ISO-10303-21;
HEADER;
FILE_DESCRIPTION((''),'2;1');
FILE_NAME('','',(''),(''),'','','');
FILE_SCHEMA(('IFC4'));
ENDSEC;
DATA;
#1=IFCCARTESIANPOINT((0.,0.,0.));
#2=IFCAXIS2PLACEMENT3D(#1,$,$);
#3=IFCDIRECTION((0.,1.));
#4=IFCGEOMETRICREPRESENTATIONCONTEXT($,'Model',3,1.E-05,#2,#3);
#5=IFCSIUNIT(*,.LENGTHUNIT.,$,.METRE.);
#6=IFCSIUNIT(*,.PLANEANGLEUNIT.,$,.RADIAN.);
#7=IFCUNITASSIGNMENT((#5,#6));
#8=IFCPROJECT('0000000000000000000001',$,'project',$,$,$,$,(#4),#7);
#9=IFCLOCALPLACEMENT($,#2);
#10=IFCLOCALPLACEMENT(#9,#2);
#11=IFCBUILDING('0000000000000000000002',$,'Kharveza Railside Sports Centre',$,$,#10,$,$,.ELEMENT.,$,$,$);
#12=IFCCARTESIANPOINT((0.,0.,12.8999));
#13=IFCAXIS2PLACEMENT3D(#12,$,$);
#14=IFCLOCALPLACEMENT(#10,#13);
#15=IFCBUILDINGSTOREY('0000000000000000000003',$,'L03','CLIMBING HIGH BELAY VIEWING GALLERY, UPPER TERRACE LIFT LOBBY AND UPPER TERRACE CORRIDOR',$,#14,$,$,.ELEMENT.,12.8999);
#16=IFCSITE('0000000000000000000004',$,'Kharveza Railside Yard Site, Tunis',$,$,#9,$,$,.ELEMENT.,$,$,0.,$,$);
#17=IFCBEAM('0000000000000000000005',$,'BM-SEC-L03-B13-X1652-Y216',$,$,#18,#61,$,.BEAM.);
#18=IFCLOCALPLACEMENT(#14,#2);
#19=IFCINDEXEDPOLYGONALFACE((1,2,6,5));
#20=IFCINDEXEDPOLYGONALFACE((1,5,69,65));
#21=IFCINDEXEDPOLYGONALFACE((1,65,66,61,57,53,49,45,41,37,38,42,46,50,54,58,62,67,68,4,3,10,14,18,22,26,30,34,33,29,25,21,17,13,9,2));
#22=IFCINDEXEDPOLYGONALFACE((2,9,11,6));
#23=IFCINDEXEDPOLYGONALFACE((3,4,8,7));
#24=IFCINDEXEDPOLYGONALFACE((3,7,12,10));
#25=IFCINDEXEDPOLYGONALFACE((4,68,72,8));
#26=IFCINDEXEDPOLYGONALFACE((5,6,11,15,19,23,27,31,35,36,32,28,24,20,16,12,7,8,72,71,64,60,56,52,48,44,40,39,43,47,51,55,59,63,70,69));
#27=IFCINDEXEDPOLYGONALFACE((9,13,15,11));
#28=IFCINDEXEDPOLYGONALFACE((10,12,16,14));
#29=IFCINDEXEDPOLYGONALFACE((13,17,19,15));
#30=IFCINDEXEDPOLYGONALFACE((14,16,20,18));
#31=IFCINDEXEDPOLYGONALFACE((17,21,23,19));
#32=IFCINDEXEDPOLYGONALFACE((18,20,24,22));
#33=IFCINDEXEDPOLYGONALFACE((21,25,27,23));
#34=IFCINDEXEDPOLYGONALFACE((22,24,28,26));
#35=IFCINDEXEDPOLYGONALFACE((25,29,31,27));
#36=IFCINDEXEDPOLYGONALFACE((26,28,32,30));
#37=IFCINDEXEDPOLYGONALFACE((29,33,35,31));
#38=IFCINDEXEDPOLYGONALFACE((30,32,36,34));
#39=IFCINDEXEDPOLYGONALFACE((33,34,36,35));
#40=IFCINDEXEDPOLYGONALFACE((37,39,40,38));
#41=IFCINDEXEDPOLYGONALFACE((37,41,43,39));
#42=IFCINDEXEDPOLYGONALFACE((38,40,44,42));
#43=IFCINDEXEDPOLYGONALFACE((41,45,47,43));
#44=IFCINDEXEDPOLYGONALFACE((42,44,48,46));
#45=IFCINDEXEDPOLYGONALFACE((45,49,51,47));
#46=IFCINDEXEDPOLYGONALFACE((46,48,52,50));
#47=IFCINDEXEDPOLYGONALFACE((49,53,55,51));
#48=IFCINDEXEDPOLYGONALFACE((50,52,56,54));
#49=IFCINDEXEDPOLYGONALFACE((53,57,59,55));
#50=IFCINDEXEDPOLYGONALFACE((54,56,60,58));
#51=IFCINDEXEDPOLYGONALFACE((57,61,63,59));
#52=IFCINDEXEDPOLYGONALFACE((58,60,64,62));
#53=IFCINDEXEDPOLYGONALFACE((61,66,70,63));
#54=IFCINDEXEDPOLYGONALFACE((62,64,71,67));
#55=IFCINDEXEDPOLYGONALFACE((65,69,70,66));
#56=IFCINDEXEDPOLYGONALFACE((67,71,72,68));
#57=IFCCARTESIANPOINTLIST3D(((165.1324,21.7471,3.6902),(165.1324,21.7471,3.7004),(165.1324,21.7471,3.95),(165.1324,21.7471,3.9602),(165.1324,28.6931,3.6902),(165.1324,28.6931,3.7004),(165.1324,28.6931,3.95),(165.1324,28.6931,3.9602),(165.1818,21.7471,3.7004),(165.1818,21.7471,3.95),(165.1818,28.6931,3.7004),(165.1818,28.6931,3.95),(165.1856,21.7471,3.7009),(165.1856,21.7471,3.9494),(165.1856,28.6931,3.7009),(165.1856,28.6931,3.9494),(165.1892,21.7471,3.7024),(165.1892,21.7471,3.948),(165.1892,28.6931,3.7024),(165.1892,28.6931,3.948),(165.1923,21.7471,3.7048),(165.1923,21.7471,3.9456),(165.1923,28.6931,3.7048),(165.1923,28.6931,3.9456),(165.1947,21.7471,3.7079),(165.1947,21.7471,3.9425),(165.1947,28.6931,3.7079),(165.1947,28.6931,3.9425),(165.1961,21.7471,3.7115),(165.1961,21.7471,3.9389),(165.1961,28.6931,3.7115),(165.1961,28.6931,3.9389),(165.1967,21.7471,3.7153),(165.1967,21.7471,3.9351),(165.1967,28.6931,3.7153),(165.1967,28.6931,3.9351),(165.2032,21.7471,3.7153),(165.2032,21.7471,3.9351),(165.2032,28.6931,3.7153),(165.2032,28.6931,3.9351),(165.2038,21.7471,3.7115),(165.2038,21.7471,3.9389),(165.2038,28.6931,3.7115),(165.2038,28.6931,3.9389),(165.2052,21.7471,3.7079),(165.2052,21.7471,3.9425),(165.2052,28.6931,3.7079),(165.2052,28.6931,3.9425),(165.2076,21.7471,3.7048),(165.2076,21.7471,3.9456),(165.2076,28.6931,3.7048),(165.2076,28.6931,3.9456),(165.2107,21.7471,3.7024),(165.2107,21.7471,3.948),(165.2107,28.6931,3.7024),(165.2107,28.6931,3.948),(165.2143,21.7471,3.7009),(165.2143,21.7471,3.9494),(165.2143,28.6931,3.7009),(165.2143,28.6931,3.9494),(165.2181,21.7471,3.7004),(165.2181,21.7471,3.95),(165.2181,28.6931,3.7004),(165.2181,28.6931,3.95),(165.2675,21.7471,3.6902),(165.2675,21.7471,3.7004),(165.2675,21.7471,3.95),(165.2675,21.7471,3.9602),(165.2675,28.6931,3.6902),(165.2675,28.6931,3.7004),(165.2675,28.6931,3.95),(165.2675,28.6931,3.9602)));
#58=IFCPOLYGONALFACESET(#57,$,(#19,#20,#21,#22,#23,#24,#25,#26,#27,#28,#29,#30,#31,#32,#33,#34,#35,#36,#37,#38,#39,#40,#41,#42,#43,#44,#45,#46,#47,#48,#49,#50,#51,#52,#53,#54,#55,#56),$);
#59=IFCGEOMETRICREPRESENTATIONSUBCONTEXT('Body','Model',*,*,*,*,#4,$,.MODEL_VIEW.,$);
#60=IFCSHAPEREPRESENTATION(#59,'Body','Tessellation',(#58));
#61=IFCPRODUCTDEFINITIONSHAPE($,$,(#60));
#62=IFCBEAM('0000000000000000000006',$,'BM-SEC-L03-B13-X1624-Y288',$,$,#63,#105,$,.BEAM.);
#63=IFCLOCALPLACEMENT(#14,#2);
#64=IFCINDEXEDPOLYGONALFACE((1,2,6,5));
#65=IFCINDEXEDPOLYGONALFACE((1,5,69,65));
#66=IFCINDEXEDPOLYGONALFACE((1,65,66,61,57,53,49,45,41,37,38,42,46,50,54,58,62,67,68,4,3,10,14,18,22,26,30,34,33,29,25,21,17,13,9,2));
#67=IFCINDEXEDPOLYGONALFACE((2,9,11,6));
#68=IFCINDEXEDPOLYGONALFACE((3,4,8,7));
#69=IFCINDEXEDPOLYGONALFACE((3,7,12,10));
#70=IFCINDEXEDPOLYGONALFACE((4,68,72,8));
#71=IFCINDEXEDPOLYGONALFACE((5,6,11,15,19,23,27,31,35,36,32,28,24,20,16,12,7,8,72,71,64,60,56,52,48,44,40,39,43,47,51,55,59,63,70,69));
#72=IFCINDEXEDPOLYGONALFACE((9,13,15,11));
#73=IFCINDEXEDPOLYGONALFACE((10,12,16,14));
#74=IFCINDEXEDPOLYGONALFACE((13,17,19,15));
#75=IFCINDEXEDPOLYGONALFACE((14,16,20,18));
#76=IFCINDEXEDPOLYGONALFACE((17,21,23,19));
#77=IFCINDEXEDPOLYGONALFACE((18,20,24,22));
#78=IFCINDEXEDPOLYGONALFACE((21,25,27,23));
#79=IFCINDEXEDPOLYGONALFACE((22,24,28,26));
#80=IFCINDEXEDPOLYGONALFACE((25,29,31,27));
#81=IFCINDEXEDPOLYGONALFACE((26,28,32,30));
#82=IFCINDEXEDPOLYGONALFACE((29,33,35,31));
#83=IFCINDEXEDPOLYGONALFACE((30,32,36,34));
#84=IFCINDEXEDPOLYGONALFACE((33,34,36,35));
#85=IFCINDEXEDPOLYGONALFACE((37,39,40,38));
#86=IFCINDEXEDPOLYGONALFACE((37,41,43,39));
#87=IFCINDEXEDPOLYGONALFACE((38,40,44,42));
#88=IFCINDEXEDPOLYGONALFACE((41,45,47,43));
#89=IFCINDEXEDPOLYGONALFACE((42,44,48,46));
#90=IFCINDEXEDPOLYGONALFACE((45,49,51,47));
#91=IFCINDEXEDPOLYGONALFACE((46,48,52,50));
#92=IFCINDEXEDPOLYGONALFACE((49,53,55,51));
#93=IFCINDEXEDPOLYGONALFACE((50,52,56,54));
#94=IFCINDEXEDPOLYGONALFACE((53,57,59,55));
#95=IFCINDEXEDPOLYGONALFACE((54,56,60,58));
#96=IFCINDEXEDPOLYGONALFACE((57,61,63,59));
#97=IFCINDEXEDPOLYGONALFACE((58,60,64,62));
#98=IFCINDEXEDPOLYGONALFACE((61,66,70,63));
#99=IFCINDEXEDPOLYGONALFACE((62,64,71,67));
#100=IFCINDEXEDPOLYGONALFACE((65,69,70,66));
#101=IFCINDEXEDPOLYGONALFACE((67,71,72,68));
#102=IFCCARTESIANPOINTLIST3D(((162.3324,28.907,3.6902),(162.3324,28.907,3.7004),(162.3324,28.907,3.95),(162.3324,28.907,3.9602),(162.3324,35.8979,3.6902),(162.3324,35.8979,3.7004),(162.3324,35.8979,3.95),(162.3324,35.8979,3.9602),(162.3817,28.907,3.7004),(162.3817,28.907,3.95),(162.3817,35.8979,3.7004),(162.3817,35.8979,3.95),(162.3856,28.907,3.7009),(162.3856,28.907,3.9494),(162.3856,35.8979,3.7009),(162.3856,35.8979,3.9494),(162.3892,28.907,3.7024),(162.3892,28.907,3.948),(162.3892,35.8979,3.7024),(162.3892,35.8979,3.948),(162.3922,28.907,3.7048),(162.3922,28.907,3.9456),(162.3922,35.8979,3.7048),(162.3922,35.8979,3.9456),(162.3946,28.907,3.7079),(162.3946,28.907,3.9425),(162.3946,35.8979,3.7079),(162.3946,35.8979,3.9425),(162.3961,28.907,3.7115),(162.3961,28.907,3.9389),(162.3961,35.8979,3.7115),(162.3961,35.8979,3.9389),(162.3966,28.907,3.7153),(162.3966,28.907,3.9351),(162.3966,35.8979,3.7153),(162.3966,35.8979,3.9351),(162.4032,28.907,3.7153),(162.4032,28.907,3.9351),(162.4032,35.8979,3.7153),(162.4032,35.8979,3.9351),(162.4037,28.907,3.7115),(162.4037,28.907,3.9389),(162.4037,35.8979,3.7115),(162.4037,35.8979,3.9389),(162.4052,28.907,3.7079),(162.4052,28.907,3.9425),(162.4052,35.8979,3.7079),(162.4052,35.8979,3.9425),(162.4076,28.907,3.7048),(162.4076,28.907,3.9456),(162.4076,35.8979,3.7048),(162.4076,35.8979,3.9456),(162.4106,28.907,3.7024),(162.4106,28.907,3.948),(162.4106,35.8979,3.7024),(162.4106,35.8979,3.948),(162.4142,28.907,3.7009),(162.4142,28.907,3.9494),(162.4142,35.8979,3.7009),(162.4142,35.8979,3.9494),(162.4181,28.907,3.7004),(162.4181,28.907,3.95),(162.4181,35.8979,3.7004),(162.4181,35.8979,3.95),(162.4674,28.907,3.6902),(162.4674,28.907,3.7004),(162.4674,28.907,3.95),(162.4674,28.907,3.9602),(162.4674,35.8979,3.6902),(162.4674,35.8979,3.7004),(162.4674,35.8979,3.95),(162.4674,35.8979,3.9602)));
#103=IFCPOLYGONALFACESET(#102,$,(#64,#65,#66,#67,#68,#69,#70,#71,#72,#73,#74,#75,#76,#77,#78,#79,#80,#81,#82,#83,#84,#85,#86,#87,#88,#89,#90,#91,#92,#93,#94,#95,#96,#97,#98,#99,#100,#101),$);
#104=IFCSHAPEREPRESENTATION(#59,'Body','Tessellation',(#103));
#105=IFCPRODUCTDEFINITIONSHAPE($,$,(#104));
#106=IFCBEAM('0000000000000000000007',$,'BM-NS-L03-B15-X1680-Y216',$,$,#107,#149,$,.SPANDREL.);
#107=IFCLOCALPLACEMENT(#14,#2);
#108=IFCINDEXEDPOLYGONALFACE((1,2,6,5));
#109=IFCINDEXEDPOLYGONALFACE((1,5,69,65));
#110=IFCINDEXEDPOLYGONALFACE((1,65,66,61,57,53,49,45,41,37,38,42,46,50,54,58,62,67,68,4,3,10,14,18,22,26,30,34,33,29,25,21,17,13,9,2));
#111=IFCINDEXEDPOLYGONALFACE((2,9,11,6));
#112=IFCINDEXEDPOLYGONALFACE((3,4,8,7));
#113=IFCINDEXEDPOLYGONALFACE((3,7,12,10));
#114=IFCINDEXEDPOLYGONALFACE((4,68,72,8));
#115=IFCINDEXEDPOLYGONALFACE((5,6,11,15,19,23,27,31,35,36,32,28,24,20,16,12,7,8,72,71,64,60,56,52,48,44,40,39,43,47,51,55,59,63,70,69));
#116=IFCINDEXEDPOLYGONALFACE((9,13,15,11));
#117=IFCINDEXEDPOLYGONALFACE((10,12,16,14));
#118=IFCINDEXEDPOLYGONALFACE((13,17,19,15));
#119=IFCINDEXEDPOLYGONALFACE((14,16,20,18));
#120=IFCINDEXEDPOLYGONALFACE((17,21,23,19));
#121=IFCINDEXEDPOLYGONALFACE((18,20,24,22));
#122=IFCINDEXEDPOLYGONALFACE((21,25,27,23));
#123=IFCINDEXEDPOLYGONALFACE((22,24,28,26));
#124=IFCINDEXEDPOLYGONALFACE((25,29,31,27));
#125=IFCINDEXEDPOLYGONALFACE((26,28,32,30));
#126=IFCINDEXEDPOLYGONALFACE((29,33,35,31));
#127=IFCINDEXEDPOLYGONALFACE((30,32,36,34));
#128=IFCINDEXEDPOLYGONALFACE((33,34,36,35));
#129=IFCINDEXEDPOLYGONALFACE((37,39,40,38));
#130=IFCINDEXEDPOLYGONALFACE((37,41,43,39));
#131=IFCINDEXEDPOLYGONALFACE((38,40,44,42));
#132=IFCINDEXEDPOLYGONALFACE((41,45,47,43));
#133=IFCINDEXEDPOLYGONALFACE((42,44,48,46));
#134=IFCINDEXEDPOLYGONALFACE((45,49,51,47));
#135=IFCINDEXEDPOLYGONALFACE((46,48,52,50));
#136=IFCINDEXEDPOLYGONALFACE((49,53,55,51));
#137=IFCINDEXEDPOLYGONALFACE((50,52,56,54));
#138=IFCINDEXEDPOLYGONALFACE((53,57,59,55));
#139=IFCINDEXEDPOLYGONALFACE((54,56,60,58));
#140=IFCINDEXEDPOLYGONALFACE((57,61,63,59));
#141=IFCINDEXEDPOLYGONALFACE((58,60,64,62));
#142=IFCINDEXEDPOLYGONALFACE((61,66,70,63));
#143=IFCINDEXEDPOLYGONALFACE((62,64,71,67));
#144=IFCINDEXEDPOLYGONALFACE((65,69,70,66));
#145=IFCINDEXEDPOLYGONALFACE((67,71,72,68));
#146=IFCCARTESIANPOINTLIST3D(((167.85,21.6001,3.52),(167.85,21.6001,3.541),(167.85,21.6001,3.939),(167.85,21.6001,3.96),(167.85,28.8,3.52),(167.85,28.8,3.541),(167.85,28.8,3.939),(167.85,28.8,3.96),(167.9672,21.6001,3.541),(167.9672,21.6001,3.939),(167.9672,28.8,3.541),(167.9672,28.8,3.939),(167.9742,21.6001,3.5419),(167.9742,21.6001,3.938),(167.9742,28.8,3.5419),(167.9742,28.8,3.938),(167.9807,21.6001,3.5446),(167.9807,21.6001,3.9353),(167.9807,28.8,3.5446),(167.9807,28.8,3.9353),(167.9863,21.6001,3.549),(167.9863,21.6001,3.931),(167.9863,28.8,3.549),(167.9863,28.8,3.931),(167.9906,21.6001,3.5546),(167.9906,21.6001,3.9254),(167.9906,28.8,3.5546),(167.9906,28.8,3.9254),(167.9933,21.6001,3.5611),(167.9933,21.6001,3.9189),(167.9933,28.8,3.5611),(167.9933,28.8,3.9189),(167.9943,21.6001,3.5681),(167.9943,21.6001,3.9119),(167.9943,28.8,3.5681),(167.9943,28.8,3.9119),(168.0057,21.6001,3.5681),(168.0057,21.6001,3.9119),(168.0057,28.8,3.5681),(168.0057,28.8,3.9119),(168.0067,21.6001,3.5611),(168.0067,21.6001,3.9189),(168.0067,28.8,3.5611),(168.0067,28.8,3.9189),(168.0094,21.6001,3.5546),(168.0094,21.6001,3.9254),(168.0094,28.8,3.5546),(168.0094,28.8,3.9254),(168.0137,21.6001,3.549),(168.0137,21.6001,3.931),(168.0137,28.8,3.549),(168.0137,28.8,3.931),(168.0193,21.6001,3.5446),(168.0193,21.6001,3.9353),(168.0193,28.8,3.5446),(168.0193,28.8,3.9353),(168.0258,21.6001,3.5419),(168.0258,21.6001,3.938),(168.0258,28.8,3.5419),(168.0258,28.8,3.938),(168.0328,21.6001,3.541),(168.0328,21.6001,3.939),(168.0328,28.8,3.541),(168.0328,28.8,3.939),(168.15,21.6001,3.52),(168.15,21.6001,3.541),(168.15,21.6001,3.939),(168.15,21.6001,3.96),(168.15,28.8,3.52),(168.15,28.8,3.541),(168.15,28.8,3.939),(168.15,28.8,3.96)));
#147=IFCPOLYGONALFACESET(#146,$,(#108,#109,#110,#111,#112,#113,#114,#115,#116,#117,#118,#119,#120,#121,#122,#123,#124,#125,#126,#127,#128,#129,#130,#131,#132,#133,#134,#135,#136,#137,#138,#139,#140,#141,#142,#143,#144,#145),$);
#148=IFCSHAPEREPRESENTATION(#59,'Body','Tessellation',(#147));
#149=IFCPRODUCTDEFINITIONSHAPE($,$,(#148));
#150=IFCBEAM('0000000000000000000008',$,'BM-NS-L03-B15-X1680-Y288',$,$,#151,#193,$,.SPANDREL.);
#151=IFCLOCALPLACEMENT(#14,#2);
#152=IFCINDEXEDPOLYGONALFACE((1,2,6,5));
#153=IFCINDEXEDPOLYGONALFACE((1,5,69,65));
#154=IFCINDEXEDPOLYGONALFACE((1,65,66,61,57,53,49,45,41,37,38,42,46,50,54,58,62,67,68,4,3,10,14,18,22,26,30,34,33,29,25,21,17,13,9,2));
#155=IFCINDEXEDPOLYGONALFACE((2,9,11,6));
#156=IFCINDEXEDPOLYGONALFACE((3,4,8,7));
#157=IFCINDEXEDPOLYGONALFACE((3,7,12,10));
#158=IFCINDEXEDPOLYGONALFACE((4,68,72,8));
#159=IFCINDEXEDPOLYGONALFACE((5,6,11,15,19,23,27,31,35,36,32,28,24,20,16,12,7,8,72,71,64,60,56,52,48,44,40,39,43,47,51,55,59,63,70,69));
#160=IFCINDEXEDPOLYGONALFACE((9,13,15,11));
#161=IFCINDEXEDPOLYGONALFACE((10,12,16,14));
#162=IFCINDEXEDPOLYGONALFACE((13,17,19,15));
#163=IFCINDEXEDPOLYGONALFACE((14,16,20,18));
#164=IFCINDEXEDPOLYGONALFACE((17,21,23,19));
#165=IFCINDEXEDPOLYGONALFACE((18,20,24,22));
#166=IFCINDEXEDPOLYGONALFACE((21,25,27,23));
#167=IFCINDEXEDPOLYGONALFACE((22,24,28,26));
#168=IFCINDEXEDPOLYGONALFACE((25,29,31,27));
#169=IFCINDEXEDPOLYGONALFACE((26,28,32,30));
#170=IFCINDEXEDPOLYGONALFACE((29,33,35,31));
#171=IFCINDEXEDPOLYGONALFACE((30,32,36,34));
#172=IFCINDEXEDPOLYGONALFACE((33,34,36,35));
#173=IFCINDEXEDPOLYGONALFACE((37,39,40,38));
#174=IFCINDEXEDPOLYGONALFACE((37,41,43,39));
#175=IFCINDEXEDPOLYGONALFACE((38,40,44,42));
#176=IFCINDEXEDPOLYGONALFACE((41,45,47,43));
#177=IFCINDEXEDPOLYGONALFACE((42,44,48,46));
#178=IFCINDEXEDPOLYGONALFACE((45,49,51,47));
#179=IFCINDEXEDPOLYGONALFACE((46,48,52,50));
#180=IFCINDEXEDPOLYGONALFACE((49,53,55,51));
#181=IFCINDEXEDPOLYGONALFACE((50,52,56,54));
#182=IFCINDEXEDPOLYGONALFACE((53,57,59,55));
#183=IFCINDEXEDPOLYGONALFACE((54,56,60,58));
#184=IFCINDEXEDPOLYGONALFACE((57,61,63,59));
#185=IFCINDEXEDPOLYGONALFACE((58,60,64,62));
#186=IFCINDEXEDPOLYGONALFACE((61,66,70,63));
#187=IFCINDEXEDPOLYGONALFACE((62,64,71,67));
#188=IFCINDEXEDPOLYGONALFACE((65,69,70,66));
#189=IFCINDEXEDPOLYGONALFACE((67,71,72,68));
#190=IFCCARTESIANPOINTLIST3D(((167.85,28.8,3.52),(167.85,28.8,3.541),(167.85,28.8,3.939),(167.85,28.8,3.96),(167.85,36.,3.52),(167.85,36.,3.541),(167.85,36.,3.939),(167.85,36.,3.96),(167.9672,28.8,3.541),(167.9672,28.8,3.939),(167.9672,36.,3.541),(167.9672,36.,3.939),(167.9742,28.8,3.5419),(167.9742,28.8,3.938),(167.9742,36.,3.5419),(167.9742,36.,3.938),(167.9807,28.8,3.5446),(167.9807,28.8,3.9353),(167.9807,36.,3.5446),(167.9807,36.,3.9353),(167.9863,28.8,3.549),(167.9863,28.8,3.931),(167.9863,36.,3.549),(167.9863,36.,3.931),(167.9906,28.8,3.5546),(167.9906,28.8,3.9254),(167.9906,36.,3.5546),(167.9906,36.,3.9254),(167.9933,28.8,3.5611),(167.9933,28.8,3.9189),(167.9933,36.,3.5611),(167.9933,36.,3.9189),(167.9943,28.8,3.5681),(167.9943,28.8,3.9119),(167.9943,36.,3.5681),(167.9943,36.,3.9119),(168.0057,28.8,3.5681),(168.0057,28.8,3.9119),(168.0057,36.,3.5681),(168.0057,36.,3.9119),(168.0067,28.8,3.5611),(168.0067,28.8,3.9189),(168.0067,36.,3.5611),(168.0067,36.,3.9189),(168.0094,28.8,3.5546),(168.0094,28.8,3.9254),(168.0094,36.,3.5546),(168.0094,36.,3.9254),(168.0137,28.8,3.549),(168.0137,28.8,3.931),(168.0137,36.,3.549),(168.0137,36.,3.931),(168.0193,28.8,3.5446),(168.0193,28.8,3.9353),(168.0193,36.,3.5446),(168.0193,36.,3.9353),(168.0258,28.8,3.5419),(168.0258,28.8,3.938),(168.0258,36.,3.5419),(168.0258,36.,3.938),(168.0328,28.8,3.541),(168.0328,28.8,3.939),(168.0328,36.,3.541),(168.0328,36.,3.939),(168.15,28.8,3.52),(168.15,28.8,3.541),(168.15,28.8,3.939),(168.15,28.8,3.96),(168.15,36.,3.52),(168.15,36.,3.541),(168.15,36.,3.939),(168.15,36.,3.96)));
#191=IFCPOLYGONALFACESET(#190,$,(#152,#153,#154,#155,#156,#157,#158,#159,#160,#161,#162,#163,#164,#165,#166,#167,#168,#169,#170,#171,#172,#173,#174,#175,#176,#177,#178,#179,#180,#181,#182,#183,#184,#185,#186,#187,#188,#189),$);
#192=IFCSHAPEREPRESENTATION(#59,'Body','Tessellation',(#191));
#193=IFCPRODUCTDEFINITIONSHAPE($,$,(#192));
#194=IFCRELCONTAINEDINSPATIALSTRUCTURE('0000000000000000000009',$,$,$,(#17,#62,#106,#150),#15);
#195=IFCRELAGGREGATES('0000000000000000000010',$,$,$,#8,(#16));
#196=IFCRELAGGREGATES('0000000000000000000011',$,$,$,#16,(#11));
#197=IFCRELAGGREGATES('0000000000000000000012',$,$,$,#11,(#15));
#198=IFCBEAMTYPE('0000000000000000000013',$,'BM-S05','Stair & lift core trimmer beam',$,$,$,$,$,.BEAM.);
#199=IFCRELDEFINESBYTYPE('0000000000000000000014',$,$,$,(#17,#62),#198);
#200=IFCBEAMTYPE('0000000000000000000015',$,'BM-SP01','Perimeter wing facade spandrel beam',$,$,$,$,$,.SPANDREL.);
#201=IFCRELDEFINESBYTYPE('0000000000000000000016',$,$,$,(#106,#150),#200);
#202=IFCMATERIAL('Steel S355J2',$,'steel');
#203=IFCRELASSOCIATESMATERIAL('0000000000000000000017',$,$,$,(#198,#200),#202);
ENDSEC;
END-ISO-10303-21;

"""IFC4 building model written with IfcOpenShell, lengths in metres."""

from ifc_helpers import new_model, si_unit, direction, frame, origin, origin_2d, place, context, subcontext, project, spatial, i_section, extrude, material, material_profile, profile_set, type_object, element, save


model = new_model("IFC4")

# Units and contexts
model_context = context("Model", 3, precision=1e-05, world=origin(), true_north=direction((0.0, 1.0)))
body_context = subcontext(model_context, "Body", "Model", "MODEL_VIEW")
ifc_project = project(units=[si_unit("LENGTHUNIT", "METRE"), si_unit("PLANEANGLEUNIT", "RADIAN")], contexts=[model_context])

# Site, building, storey
site_placement = place(None, origin())
site = spatial("IfcSite", under=ifc_project, at=site_placement, Name="Kharveza Railside Yard Site, Tunis", CompositionType="ELEMENT", RefElevation=0.0)
building_placement = place(site_placement, origin())
building = spatial("IfcBuilding", under=site, at=building_placement, Name="Kharveza Railside Sports Centre", CompositionType="ELEMENT")
storey_placement = place(building_placement, frame((0.0, 0.0, 12.8999)))
storey = spatial("IfcBuildingStorey", under=building, at=storey_placement, Name="L03", Description="CLIMBING HIGH BELAY VIEWING GALLERY, UPPER TERRACE LIFT LOBBY AND UPPER TERRACE CORRIDOR", CompositionType="ELEMENT", Elevation=12.8999)

# Shared definitions
ifc_material_1 = material(Name="Steel S355J2", Category="steel")

# Beams
ifc_material_profile_1 = material_profile(ifc_material_1, i_section(OverallWidth=0.135, OverallDepth=0.27, WebThickness=0.0066, FlangeThickness=0.0103, FilletRadius=0.0149, at=origin_2d()), Name="IPE 270")
ifc_profile_set_1 = profile_set([ifc_material_profile_1], Name="Steel S355J2")
beam_type_1 = type_object("IfcBeamType", Name="BM-S05", Description="Stair & lift core trimmer beam", PredefinedType="BEAM", material=ifc_profile_set_1)
beam_1_placement = place(storey_placement, frame((165.2, 21.7471, 3.8252), z_axis=(0.0, 1.0, 0.0), x_axis=(-1.0, 0.0, 0.0)))
element("IfcBeam", 1, at=beam_1_placement, inside=storey, type_object=beam_type_1, Name="BM-SEC-L03-B13-X1652-Y216", PredefinedType="BEAM", context=body_context, shape_type="SweptSolid", body=[
    extrude(i_section(OverallWidth=0.135, OverallDepth=0.27, WebThickness=0.0066, FlangeThickness=0.0103, FilletRadius=0.0149, at=origin_2d()), origin(), (0.0, 0.0, 1.0), 6.946),
])
beam_2_placement = place(storey_placement, frame((162.3999, 28.907, 3.8252), z_axis=(0.0, 1.0, 0.0), x_axis=(-1.0, 0.0, 0.0)))
element("IfcBeam", 2, at=beam_2_placement, inside=storey, type_object=beam_type_1, Name="BM-SEC-L03-B13-X1624-Y288", PredefinedType="BEAM", context=body_context, shape_type="SweptSolid", body=[
    extrude(i_section(OverallWidth=0.135, OverallDepth=0.27, WebThickness=0.0066, FlangeThickness=0.0103, FilletRadius=0.0149, at=origin_2d()), origin(), (0.0, 0.0, 1.0), 6.991),
])
ifc_material_profile_2 = material_profile(ifc_material_1, i_section(OverallWidth=0.3, OverallDepth=0.4399, WebThickness=0.0115, FlangeThickness=0.021, FilletRadius=0.0271, at=origin_2d()), Name="HEA 450")
ifc_profile_set_2 = profile_set([ifc_material_profile_2], Name="Steel S355J2")
beam_type_2 = type_object("IfcBeamType", Name="BM-SP01", Description="Perimeter wing facade spandrel beam", PredefinedType="SPANDREL", material=ifc_profile_set_2)
for number, where, z_axis, x_axis, name in (
    (3, (168.0, 21.6001, 3.74), (0.0, 1.0, 0.0), (-1.0, 0.0, 0.0), "BM-NS-L03-B15-X1680-Y216"),
    (4, (168.0, 28.8, 3.74), (0.0, 1.0, 0.0), (-1.0, 0.0, 0.0), "BM-NS-L03-B15-X1680-Y288"),
):
    element("IfcBeam", number, at=place(storey_placement, frame(where, z_axis=z_axis, x_axis=x_axis)), inside=storey, type_object=beam_type_2, Name=name, PredefinedType="SPANDREL", context=body_context, shape_type="SweptSolid", body=[
        extrude(i_section(OverallWidth=0.3, OverallDepth=0.4399, WebThickness=0.0115, FlangeThickness=0.021, FilletRadius=0.0271, at=origin_2d()), origin(), (0.0, 0.0, 1.0), 7.2),
    ])

save(model, "model.ifc")
